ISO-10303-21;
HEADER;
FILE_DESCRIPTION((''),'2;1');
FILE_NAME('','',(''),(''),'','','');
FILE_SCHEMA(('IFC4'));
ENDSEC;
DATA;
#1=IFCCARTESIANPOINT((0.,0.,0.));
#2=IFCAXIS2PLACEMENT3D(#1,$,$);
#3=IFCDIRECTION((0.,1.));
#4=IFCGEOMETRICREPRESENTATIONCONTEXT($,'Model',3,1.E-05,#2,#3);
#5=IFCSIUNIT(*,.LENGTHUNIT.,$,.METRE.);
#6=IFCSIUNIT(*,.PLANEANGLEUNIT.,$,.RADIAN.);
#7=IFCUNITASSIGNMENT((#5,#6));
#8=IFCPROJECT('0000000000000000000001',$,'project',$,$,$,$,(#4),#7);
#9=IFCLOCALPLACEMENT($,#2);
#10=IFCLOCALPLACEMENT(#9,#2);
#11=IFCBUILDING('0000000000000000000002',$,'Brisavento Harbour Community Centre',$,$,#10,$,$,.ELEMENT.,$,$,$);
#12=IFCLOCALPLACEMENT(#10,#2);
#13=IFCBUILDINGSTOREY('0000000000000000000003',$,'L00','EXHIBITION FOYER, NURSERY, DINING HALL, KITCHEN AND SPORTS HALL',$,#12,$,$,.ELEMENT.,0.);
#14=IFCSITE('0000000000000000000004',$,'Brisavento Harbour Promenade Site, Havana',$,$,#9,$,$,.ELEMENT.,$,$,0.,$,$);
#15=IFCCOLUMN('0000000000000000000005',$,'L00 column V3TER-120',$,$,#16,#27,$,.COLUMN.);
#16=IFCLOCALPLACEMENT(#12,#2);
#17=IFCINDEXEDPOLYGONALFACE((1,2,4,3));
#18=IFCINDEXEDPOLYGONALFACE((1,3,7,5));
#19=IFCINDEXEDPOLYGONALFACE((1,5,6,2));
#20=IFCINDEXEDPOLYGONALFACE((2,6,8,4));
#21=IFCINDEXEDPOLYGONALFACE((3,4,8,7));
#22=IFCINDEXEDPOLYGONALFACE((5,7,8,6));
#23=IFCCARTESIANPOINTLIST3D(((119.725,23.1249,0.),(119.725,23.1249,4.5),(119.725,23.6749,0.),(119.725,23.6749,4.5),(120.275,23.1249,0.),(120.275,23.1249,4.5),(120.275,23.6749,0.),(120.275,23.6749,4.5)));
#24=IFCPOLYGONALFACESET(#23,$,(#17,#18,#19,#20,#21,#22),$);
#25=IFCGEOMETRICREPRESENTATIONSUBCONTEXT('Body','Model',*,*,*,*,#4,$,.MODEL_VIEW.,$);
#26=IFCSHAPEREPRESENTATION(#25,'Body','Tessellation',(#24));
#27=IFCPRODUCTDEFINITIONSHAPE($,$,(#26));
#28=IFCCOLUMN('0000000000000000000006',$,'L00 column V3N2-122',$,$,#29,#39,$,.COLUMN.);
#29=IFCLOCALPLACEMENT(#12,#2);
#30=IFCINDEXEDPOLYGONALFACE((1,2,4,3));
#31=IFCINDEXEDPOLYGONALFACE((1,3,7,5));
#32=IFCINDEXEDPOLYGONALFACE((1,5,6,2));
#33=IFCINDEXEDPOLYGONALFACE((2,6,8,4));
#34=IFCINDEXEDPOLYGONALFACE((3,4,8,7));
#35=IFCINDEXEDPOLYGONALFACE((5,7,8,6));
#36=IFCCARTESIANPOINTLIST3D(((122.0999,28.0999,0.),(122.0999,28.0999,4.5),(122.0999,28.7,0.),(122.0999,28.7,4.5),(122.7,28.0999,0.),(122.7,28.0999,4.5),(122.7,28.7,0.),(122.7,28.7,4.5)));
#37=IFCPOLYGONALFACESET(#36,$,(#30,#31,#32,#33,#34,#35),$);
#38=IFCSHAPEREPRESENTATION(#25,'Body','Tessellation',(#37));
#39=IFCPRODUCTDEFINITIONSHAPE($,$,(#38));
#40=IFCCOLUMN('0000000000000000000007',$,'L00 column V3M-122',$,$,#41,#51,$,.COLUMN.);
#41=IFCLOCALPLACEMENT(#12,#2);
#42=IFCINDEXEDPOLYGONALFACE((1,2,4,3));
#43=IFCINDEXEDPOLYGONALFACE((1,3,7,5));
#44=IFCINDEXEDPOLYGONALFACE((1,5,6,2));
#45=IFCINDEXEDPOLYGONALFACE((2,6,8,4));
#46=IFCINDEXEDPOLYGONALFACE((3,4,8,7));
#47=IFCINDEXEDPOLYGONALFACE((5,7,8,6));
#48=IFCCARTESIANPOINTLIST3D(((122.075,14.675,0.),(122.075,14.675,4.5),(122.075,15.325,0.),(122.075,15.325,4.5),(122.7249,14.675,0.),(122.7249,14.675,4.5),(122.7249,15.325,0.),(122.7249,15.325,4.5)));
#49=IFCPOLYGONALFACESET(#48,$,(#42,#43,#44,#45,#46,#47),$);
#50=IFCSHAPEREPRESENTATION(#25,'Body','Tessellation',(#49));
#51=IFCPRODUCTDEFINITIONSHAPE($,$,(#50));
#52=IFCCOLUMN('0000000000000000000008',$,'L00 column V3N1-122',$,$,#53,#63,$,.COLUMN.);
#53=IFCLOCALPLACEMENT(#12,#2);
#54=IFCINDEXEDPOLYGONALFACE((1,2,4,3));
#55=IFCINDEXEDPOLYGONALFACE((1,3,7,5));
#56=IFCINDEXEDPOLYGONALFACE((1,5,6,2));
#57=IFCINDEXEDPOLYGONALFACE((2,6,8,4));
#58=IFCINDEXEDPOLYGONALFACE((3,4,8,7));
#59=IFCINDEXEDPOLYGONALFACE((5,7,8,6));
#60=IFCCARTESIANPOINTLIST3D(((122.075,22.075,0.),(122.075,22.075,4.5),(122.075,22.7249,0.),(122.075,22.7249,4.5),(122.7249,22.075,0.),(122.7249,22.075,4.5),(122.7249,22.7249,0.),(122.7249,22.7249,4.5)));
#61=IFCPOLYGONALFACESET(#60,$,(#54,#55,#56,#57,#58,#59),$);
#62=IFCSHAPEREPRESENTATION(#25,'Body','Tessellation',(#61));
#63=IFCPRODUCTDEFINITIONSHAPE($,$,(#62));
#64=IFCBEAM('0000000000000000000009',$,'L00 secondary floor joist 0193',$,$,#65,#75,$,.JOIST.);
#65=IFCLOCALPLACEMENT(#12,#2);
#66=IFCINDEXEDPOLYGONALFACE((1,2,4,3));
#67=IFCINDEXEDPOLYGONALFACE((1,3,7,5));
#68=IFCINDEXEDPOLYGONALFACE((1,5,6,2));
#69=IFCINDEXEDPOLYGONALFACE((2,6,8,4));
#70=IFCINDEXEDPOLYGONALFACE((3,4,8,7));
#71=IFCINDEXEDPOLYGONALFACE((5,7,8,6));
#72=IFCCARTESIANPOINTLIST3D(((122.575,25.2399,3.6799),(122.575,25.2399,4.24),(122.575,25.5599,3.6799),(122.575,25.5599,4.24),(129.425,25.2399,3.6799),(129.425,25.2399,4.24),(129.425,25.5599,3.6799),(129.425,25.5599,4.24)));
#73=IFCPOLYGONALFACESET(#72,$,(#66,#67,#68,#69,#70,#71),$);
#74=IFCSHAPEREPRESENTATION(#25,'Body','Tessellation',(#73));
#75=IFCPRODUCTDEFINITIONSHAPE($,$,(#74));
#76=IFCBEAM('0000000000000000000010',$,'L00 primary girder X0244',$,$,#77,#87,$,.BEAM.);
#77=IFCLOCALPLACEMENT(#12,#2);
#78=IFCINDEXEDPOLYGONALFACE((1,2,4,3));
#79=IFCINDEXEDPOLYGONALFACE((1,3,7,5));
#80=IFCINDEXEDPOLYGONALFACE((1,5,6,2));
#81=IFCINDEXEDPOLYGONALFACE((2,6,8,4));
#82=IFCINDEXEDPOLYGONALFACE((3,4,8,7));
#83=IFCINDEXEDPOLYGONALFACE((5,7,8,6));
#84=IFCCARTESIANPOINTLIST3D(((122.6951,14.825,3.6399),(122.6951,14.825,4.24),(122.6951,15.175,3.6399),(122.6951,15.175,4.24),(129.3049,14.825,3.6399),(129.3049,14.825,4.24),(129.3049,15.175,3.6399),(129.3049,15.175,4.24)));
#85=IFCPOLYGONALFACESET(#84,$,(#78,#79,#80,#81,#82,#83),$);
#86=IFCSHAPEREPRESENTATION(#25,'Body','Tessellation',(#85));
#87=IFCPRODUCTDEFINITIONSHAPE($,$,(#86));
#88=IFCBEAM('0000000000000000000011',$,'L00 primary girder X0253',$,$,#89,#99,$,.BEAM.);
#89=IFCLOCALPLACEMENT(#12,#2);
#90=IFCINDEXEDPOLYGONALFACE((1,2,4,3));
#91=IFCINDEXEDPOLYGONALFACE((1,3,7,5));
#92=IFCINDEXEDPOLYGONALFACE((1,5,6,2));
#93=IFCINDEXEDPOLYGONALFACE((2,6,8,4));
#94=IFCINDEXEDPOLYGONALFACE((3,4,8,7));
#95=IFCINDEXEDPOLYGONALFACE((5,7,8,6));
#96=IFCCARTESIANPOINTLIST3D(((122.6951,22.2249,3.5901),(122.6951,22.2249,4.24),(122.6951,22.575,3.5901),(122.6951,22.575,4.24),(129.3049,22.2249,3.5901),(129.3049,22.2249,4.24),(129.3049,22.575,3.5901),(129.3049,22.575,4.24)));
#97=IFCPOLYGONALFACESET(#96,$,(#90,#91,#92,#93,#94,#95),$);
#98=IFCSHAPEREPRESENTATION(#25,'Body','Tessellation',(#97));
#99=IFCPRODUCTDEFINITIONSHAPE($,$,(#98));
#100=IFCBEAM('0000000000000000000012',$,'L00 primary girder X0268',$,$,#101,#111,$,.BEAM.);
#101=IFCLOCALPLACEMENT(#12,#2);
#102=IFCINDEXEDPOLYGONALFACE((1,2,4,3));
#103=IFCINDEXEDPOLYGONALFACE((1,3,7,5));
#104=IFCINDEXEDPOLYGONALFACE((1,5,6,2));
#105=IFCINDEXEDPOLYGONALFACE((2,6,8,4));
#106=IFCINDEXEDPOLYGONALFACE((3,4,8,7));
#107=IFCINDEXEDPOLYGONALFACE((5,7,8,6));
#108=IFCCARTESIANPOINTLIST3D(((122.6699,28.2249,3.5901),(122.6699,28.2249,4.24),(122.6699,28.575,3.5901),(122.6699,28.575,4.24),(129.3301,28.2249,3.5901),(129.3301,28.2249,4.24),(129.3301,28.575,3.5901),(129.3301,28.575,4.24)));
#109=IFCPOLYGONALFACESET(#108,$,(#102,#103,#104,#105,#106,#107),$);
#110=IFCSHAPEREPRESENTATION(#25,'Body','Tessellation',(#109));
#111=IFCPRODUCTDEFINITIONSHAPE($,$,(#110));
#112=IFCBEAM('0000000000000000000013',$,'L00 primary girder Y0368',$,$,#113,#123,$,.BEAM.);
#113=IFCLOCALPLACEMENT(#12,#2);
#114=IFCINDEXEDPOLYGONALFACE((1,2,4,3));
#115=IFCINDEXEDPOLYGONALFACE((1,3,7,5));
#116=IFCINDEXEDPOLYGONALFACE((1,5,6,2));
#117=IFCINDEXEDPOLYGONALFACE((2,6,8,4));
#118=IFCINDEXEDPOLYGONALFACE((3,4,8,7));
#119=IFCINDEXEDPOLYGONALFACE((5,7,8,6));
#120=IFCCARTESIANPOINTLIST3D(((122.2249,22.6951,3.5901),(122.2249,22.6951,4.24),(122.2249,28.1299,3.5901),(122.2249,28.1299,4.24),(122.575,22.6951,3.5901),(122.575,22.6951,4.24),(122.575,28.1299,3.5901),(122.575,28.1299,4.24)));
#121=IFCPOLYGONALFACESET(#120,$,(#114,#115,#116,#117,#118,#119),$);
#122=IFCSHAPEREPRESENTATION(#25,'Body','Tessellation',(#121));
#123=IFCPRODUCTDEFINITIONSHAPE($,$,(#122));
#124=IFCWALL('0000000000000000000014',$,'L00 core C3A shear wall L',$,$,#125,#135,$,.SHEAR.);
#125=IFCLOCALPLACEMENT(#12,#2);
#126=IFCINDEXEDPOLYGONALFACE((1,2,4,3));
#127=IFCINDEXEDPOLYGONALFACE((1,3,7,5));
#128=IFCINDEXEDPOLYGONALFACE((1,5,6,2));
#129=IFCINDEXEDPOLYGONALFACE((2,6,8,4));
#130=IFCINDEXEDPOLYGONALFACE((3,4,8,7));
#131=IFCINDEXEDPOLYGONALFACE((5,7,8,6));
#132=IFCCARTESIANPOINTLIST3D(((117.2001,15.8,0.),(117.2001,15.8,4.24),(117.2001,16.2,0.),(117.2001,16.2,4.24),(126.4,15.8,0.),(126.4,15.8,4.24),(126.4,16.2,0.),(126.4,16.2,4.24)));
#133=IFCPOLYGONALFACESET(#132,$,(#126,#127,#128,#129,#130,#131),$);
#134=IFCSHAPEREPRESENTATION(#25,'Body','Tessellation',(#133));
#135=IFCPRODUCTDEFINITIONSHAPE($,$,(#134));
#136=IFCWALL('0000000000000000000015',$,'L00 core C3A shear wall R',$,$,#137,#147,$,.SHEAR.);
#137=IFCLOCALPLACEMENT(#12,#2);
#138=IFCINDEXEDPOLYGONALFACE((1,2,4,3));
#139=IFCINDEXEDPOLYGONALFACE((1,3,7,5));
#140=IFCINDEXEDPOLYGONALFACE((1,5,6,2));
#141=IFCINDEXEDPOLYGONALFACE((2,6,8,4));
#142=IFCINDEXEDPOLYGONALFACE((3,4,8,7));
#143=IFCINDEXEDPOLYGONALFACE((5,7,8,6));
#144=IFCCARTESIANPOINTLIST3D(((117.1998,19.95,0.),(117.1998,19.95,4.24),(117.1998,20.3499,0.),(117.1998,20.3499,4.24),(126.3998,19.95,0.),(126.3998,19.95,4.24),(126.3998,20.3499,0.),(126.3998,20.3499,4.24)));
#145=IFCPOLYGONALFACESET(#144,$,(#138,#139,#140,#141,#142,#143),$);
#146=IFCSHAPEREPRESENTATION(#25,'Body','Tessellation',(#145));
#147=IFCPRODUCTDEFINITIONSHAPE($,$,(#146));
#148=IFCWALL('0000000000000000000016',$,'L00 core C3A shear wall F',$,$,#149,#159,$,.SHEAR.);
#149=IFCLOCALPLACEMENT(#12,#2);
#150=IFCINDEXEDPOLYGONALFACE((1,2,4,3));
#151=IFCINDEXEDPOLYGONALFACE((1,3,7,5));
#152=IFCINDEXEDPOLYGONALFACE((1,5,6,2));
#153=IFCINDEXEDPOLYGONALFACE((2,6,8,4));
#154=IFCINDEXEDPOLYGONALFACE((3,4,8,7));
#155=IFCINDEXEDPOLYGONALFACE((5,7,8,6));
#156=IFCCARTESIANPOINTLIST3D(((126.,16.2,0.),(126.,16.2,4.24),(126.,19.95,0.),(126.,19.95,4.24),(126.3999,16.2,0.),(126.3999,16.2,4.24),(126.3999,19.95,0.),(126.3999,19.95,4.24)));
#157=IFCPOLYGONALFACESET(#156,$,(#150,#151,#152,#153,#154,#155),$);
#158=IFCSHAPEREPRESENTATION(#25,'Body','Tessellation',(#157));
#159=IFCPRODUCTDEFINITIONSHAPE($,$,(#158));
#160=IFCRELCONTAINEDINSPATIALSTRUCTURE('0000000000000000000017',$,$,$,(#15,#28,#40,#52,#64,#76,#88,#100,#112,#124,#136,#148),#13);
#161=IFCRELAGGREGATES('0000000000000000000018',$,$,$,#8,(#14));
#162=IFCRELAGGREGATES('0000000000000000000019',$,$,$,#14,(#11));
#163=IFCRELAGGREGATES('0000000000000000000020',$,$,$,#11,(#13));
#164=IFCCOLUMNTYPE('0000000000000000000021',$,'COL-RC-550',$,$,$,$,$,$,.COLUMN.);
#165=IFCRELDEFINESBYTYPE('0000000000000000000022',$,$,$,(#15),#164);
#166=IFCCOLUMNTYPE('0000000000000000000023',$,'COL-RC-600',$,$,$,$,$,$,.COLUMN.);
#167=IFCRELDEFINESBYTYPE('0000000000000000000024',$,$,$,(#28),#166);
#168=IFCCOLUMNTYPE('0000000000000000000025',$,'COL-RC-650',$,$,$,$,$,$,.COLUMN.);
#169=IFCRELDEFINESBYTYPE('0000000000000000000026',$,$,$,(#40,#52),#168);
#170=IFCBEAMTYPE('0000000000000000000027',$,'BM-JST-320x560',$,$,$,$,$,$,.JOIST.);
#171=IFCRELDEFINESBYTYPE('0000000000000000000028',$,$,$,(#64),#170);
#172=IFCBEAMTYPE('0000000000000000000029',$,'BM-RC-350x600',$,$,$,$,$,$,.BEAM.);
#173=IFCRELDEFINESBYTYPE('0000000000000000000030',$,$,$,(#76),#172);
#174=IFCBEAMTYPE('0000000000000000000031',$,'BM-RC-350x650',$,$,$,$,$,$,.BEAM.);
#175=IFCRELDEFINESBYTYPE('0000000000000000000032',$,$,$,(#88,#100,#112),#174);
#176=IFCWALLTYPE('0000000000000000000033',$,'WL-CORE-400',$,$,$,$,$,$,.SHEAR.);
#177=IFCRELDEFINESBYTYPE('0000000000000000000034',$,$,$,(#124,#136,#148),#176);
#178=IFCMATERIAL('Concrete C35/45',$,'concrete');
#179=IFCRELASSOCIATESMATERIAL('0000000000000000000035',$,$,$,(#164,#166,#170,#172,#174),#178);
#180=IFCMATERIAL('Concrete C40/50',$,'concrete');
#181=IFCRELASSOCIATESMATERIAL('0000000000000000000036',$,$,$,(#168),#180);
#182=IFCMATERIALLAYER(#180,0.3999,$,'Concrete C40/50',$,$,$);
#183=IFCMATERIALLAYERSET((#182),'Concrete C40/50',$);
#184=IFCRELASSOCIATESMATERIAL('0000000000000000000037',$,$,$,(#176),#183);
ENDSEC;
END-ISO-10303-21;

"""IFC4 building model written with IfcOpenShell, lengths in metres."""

from ifc_helpers import new_model, si_unit, direction, frame, frame_2d, origin, origin_2d, place, context, subcontext, project, spatial, rectangle, extrude, material, layer, layer_set, material_profile, profile_set, type_object, element, save


model = new_model("IFC4")

# Units and contexts
model_context = context("Model", 3, precision=1e-05, world=origin(), true_north=direction((0.0, 1.0)))
body_context = subcontext(model_context, "Body", "Model", "MODEL_VIEW")
ifc_project = project(units=[si_unit("LENGTHUNIT", "METRE"), si_unit("PLANEANGLEUNIT", "RADIAN")], contexts=[model_context])

# Site, building, storey
site_placement = place(None, origin())
site = spatial("IfcSite", under=ifc_project, at=site_placement, Name="Brisavento Harbour Promenade Site, Havana", CompositionType="ELEMENT", RefElevation=0.0)
building_placement = place(site_placement, origin())
building = spatial("IfcBuilding", under=site, at=building_placement, Name="Brisavento Harbour Community Centre", CompositionType="ELEMENT")
storey_placement = place(building_placement, origin())
storey = spatial("IfcBuildingStorey", under=building, at=storey_placement, Name="L00", Description="EXHIBITION FOYER, NURSERY, DINING HALL, KITCHEN AND SPORTS HALL", CompositionType="ELEMENT", Elevation=0.0)

# Columns
ifc_material_1 = material(Name="Concrete C35/45", Category="concrete")
ifc_material_profile_1 = material_profile(ifc_material_1, rectangle(XDim=0.55, YDim=0.55, at=origin_2d()), Name="Concrete C35/45")
ifc_profile_set_1 = profile_set([ifc_material_profile_1], Name="Concrete C35/45")
column_type_1 = type_object("IfcColumnType", Name="COL-RC-550", PredefinedType="COLUMN", material=ifc_profile_set_1)
column_1_placement = place(storey_placement, frame((120.0, 23.3999, 0.0), z_axis=(0.0, 0.0, 1.0), x_axis=(1.0, 0.0, 0.0)))
element("IfcColumn", 1, at=column_1_placement, inside=storey, type_object=column_type_1, Name="L00 column V3TER-120", PredefinedType="COLUMN", context=body_context, shape_type="SweptSolid", body=[
    extrude(rectangle(XDim=0.55, YDim=0.55, at=origin_2d()), origin(), (0.0, 0.0, 1.0), 4.5),
])
ifc_material_profile_2 = material_profile(ifc_material_1, rectangle(XDim=0.6001, YDim=0.6001, at=origin_2d()), Name="Concrete C35/45")
ifc_profile_set_2 = profile_set([ifc_material_profile_2], Name="Concrete C35/45")
column_type_2 = type_object("IfcColumnType", Name="COL-RC-600", PredefinedType="COLUMN", material=ifc_profile_set_2)
column_2_placement = place(storey_placement, frame((122.3999, 28.3999, 0.0), z_axis=(0.0, 0.0, 1.0), x_axis=(1.0, 0.0, 0.0)))
element("IfcColumn", 2, at=column_2_placement, inside=storey, type_object=column_type_2, Name="L00 column V3N2-122", PredefinedType="COLUMN", context=body_context, shape_type="SweptSolid", body=[
    extrude(rectangle(XDim=0.6001, YDim=0.6001, at=origin_2d()), origin(), (0.0, 0.0, 1.0), 4.5),
])
ifc_material_2 = material(Name="Concrete C40/50", Category="concrete")
ifc_material_profile_3 = material_profile(ifc_material_2, rectangle(XDim=0.6499, YDim=0.6499, at=origin_2d()), Name="Concrete C40/50")
ifc_profile_set_3 = profile_set([ifc_material_profile_3], Name="Concrete C40/50")
column_type_3 = type_object("IfcColumnType", Name="COL-RC-650", PredefinedType="COLUMN", material=ifc_profile_set_3)
for number, where, z_axis, x_axis, name in (
    (3, (122.3999, 15.0, 0.0), (0.0, 0.0, 1.0), (1.0, 0.0, 0.0), "L00 column V3M-122"),
    (4, (122.3999, 22.3999, 0.0), (0.0, 0.0, 1.0), (1.0, 0.0, 0.0), "L00 column V3N1-122"),
):
    element("IfcColumn", number, at=place(storey_placement, frame(where, z_axis=z_axis, x_axis=x_axis)), inside=storey, type_object=column_type_3, Name=name, PredefinedType="COLUMN", context=body_context, shape_type="SweptSolid", body=[
        extrude(rectangle(XDim=0.6499, YDim=0.6499, at=origin_2d()), origin(), (0.0, 0.0, 1.0), 4.5),
    ])

# Beams
ifc_material_profile_4 = material_profile(ifc_material_1, rectangle(XDim=0.3201, YDim=0.5601, at=origin_2d()), Name="Concrete C35/45")
ifc_profile_set_4 = profile_set([ifc_material_profile_4], Name="Concrete C35/45")
beam_type_1 = type_object("IfcBeamType", Name="BM-JST-320x560", PredefinedType="JOIST", material=ifc_profile_set_4)
beam_1_placement = place(storey_placement, frame((122.575, 25.3999, 3.96), z_axis=(1.0, 0.0, 0.0), x_axis=(0.0, 1.0, 0.0)))
element("IfcBeam", 5, at=beam_1_placement, inside=storey, type_object=beam_type_1, Name="L00 secondary floor joist 0193", PredefinedType="JOIST", context=body_context, shape_type="SweptSolid", body=[
    extrude(rectangle(XDim=0.3201, YDim=0.5601, at=origin_2d()), origin(), (0.0, 0.0, 1.0), 6.8501),
])
ifc_material_profile_5 = material_profile(ifc_material_1, rectangle(XDim=0.3501, YDim=0.6001, at=origin_2d()), Name="Concrete C35/45")
ifc_profile_set_5 = profile_set([ifc_material_profile_5], Name="Concrete C35/45")
beam_type_2 = type_object("IfcBeamType", Name="BM-RC-350x600", PredefinedType="BEAM", material=ifc_profile_set_5)
beam_2_placement = place(storey_placement, frame((122.6951, 15.0, 3.9399), z_axis=(1.0, 0.0, 0.0), x_axis=(0.0, 1.0, 0.0)))
element("IfcBeam", 6, at=beam_2_placement, inside=storey, type_object=beam_type_2, Name="L00 primary girder X0244", PredefinedType="BEAM", context=body_context, shape_type="SweptSolid", body=[
    extrude(rectangle(XDim=0.3501, YDim=0.6001, at=origin_2d()), origin(), (0.0, 0.0, 1.0), 6.6099),
])
ifc_material_profile_6 = material_profile(ifc_material_1, rectangle(XDim=0.3501, YDim=0.6499, at=origin_2d()), Name="Concrete C35/45")
ifc_profile_set_6 = profile_set([ifc_material_profile_6], Name="Concrete C35/45")
beam_type_3 = type_object("IfcBeamType", Name="BM-RC-350x650", PredefinedType="BEAM", material=ifc_profile_set_6)
beam_3_placement = place(storey_placement, frame((122.6951, 22.3999, 3.915), z_axis=(1.0, 0.0, 0.0), x_axis=(0.0, 1.0, 0.0)))
element("IfcBeam", 7, at=beam_3_placement, inside=storey, type_object=beam_type_3, Name="L00 primary girder X0253", PredefinedType="BEAM", context=body_context, shape_type="SweptSolid", body=[
    extrude(rectangle(XDim=0.3501, YDim=0.6499, at=origin_2d()), origin(), (0.0, 0.0, 1.0), 6.6099),
])
beam_4_placement = place(storey_placement, frame((122.6699, 28.3999, 3.915), z_axis=(1.0, 0.0, 0.0), x_axis=(0.0, 1.0, 0.0)))
element("IfcBeam", 8, at=beam_4_placement, inside=storey, type_object=beam_type_3, Name="L00 primary girder X0268", PredefinedType="BEAM", context=body_context, shape_type="SweptSolid", body=[
    extrude(rectangle(XDim=0.3501, YDim=0.6499, at=origin_2d()), origin(), (0.0, 0.0, 1.0), 6.6602),
])
beam_5_placement = place(storey_placement, frame((122.3999, 22.6951, 3.915), z_axis=(0.0, 1.0, 0.0), x_axis=(-1.0, 0.0, 0.0)))
element("IfcBeam", 9, at=beam_5_placement, inside=storey, type_object=beam_type_3, Name="L00 primary girder Y0368", PredefinedType="BEAM", context=body_context, shape_type="SweptSolid", body=[
    extrude(rectangle(XDim=0.3501, YDim=0.6499, at=origin_2d()), origin(), (0.0, 0.0, 1.0), 5.4348),
])

# Walls
ifc_layer_1 = layer(ifc_material_2, 0.3999, Name="Concrete C40/50")
ifc_layer_set_1 = layer_set([ifc_layer_1], Name="Concrete C40/50")
wall_type_1 = type_object("IfcWallType", Name="WL-CORE-400", PredefinedType="SHEAR", material=ifc_layer_set_1)
for number, where, z_axis, x_axis, name in (
    (10, (117.2, 16.0, 0.0), (0.0, 0.0, 1.0), (1.0, 0.0, 0.0), "L00 core C3A shear wall L"),
    (11, (126.3999, 20.1499, 0.0), (0.0, 0.0, 1.0), (-1.0, 0.0, 0.0), "L00 core C3A shear wall R"),
):
    element("IfcWall", number, at=place(storey_placement, frame(where, z_axis=z_axis, x_axis=x_axis)), inside=storey, type_object=wall_type_1, Name=name, PredefinedType="SHEAR", context=body_context, shape_type="SweptSolid", body=[
        extrude(rectangle(XDim=9.2, YDim=0.3999, at=frame_2d((4.6001, 0.0))), origin(), (0.0, 0.0, 1.0), 4.24),
    ])
wall_1_placement = place(storey_placement, frame((126.2, 16.2, 0.0), z_axis=(0.0, 0.0, 1.0), x_axis=(0.0, 1.0, 0.0)))
element("IfcWall", 12, at=wall_1_placement, inside=storey, type_object=wall_type_1, Name="L00 core C3A shear wall F", PredefinedType="SHEAR", context=body_context, shape_type="SweptSolid", body=[
    extrude(rectangle(XDim=3.75, YDim=0.3999, at=frame_2d((1.875, 0.0))), origin(), (0.0, 0.0, 1.0), 4.24),
])

save(model, "model.ifc")
